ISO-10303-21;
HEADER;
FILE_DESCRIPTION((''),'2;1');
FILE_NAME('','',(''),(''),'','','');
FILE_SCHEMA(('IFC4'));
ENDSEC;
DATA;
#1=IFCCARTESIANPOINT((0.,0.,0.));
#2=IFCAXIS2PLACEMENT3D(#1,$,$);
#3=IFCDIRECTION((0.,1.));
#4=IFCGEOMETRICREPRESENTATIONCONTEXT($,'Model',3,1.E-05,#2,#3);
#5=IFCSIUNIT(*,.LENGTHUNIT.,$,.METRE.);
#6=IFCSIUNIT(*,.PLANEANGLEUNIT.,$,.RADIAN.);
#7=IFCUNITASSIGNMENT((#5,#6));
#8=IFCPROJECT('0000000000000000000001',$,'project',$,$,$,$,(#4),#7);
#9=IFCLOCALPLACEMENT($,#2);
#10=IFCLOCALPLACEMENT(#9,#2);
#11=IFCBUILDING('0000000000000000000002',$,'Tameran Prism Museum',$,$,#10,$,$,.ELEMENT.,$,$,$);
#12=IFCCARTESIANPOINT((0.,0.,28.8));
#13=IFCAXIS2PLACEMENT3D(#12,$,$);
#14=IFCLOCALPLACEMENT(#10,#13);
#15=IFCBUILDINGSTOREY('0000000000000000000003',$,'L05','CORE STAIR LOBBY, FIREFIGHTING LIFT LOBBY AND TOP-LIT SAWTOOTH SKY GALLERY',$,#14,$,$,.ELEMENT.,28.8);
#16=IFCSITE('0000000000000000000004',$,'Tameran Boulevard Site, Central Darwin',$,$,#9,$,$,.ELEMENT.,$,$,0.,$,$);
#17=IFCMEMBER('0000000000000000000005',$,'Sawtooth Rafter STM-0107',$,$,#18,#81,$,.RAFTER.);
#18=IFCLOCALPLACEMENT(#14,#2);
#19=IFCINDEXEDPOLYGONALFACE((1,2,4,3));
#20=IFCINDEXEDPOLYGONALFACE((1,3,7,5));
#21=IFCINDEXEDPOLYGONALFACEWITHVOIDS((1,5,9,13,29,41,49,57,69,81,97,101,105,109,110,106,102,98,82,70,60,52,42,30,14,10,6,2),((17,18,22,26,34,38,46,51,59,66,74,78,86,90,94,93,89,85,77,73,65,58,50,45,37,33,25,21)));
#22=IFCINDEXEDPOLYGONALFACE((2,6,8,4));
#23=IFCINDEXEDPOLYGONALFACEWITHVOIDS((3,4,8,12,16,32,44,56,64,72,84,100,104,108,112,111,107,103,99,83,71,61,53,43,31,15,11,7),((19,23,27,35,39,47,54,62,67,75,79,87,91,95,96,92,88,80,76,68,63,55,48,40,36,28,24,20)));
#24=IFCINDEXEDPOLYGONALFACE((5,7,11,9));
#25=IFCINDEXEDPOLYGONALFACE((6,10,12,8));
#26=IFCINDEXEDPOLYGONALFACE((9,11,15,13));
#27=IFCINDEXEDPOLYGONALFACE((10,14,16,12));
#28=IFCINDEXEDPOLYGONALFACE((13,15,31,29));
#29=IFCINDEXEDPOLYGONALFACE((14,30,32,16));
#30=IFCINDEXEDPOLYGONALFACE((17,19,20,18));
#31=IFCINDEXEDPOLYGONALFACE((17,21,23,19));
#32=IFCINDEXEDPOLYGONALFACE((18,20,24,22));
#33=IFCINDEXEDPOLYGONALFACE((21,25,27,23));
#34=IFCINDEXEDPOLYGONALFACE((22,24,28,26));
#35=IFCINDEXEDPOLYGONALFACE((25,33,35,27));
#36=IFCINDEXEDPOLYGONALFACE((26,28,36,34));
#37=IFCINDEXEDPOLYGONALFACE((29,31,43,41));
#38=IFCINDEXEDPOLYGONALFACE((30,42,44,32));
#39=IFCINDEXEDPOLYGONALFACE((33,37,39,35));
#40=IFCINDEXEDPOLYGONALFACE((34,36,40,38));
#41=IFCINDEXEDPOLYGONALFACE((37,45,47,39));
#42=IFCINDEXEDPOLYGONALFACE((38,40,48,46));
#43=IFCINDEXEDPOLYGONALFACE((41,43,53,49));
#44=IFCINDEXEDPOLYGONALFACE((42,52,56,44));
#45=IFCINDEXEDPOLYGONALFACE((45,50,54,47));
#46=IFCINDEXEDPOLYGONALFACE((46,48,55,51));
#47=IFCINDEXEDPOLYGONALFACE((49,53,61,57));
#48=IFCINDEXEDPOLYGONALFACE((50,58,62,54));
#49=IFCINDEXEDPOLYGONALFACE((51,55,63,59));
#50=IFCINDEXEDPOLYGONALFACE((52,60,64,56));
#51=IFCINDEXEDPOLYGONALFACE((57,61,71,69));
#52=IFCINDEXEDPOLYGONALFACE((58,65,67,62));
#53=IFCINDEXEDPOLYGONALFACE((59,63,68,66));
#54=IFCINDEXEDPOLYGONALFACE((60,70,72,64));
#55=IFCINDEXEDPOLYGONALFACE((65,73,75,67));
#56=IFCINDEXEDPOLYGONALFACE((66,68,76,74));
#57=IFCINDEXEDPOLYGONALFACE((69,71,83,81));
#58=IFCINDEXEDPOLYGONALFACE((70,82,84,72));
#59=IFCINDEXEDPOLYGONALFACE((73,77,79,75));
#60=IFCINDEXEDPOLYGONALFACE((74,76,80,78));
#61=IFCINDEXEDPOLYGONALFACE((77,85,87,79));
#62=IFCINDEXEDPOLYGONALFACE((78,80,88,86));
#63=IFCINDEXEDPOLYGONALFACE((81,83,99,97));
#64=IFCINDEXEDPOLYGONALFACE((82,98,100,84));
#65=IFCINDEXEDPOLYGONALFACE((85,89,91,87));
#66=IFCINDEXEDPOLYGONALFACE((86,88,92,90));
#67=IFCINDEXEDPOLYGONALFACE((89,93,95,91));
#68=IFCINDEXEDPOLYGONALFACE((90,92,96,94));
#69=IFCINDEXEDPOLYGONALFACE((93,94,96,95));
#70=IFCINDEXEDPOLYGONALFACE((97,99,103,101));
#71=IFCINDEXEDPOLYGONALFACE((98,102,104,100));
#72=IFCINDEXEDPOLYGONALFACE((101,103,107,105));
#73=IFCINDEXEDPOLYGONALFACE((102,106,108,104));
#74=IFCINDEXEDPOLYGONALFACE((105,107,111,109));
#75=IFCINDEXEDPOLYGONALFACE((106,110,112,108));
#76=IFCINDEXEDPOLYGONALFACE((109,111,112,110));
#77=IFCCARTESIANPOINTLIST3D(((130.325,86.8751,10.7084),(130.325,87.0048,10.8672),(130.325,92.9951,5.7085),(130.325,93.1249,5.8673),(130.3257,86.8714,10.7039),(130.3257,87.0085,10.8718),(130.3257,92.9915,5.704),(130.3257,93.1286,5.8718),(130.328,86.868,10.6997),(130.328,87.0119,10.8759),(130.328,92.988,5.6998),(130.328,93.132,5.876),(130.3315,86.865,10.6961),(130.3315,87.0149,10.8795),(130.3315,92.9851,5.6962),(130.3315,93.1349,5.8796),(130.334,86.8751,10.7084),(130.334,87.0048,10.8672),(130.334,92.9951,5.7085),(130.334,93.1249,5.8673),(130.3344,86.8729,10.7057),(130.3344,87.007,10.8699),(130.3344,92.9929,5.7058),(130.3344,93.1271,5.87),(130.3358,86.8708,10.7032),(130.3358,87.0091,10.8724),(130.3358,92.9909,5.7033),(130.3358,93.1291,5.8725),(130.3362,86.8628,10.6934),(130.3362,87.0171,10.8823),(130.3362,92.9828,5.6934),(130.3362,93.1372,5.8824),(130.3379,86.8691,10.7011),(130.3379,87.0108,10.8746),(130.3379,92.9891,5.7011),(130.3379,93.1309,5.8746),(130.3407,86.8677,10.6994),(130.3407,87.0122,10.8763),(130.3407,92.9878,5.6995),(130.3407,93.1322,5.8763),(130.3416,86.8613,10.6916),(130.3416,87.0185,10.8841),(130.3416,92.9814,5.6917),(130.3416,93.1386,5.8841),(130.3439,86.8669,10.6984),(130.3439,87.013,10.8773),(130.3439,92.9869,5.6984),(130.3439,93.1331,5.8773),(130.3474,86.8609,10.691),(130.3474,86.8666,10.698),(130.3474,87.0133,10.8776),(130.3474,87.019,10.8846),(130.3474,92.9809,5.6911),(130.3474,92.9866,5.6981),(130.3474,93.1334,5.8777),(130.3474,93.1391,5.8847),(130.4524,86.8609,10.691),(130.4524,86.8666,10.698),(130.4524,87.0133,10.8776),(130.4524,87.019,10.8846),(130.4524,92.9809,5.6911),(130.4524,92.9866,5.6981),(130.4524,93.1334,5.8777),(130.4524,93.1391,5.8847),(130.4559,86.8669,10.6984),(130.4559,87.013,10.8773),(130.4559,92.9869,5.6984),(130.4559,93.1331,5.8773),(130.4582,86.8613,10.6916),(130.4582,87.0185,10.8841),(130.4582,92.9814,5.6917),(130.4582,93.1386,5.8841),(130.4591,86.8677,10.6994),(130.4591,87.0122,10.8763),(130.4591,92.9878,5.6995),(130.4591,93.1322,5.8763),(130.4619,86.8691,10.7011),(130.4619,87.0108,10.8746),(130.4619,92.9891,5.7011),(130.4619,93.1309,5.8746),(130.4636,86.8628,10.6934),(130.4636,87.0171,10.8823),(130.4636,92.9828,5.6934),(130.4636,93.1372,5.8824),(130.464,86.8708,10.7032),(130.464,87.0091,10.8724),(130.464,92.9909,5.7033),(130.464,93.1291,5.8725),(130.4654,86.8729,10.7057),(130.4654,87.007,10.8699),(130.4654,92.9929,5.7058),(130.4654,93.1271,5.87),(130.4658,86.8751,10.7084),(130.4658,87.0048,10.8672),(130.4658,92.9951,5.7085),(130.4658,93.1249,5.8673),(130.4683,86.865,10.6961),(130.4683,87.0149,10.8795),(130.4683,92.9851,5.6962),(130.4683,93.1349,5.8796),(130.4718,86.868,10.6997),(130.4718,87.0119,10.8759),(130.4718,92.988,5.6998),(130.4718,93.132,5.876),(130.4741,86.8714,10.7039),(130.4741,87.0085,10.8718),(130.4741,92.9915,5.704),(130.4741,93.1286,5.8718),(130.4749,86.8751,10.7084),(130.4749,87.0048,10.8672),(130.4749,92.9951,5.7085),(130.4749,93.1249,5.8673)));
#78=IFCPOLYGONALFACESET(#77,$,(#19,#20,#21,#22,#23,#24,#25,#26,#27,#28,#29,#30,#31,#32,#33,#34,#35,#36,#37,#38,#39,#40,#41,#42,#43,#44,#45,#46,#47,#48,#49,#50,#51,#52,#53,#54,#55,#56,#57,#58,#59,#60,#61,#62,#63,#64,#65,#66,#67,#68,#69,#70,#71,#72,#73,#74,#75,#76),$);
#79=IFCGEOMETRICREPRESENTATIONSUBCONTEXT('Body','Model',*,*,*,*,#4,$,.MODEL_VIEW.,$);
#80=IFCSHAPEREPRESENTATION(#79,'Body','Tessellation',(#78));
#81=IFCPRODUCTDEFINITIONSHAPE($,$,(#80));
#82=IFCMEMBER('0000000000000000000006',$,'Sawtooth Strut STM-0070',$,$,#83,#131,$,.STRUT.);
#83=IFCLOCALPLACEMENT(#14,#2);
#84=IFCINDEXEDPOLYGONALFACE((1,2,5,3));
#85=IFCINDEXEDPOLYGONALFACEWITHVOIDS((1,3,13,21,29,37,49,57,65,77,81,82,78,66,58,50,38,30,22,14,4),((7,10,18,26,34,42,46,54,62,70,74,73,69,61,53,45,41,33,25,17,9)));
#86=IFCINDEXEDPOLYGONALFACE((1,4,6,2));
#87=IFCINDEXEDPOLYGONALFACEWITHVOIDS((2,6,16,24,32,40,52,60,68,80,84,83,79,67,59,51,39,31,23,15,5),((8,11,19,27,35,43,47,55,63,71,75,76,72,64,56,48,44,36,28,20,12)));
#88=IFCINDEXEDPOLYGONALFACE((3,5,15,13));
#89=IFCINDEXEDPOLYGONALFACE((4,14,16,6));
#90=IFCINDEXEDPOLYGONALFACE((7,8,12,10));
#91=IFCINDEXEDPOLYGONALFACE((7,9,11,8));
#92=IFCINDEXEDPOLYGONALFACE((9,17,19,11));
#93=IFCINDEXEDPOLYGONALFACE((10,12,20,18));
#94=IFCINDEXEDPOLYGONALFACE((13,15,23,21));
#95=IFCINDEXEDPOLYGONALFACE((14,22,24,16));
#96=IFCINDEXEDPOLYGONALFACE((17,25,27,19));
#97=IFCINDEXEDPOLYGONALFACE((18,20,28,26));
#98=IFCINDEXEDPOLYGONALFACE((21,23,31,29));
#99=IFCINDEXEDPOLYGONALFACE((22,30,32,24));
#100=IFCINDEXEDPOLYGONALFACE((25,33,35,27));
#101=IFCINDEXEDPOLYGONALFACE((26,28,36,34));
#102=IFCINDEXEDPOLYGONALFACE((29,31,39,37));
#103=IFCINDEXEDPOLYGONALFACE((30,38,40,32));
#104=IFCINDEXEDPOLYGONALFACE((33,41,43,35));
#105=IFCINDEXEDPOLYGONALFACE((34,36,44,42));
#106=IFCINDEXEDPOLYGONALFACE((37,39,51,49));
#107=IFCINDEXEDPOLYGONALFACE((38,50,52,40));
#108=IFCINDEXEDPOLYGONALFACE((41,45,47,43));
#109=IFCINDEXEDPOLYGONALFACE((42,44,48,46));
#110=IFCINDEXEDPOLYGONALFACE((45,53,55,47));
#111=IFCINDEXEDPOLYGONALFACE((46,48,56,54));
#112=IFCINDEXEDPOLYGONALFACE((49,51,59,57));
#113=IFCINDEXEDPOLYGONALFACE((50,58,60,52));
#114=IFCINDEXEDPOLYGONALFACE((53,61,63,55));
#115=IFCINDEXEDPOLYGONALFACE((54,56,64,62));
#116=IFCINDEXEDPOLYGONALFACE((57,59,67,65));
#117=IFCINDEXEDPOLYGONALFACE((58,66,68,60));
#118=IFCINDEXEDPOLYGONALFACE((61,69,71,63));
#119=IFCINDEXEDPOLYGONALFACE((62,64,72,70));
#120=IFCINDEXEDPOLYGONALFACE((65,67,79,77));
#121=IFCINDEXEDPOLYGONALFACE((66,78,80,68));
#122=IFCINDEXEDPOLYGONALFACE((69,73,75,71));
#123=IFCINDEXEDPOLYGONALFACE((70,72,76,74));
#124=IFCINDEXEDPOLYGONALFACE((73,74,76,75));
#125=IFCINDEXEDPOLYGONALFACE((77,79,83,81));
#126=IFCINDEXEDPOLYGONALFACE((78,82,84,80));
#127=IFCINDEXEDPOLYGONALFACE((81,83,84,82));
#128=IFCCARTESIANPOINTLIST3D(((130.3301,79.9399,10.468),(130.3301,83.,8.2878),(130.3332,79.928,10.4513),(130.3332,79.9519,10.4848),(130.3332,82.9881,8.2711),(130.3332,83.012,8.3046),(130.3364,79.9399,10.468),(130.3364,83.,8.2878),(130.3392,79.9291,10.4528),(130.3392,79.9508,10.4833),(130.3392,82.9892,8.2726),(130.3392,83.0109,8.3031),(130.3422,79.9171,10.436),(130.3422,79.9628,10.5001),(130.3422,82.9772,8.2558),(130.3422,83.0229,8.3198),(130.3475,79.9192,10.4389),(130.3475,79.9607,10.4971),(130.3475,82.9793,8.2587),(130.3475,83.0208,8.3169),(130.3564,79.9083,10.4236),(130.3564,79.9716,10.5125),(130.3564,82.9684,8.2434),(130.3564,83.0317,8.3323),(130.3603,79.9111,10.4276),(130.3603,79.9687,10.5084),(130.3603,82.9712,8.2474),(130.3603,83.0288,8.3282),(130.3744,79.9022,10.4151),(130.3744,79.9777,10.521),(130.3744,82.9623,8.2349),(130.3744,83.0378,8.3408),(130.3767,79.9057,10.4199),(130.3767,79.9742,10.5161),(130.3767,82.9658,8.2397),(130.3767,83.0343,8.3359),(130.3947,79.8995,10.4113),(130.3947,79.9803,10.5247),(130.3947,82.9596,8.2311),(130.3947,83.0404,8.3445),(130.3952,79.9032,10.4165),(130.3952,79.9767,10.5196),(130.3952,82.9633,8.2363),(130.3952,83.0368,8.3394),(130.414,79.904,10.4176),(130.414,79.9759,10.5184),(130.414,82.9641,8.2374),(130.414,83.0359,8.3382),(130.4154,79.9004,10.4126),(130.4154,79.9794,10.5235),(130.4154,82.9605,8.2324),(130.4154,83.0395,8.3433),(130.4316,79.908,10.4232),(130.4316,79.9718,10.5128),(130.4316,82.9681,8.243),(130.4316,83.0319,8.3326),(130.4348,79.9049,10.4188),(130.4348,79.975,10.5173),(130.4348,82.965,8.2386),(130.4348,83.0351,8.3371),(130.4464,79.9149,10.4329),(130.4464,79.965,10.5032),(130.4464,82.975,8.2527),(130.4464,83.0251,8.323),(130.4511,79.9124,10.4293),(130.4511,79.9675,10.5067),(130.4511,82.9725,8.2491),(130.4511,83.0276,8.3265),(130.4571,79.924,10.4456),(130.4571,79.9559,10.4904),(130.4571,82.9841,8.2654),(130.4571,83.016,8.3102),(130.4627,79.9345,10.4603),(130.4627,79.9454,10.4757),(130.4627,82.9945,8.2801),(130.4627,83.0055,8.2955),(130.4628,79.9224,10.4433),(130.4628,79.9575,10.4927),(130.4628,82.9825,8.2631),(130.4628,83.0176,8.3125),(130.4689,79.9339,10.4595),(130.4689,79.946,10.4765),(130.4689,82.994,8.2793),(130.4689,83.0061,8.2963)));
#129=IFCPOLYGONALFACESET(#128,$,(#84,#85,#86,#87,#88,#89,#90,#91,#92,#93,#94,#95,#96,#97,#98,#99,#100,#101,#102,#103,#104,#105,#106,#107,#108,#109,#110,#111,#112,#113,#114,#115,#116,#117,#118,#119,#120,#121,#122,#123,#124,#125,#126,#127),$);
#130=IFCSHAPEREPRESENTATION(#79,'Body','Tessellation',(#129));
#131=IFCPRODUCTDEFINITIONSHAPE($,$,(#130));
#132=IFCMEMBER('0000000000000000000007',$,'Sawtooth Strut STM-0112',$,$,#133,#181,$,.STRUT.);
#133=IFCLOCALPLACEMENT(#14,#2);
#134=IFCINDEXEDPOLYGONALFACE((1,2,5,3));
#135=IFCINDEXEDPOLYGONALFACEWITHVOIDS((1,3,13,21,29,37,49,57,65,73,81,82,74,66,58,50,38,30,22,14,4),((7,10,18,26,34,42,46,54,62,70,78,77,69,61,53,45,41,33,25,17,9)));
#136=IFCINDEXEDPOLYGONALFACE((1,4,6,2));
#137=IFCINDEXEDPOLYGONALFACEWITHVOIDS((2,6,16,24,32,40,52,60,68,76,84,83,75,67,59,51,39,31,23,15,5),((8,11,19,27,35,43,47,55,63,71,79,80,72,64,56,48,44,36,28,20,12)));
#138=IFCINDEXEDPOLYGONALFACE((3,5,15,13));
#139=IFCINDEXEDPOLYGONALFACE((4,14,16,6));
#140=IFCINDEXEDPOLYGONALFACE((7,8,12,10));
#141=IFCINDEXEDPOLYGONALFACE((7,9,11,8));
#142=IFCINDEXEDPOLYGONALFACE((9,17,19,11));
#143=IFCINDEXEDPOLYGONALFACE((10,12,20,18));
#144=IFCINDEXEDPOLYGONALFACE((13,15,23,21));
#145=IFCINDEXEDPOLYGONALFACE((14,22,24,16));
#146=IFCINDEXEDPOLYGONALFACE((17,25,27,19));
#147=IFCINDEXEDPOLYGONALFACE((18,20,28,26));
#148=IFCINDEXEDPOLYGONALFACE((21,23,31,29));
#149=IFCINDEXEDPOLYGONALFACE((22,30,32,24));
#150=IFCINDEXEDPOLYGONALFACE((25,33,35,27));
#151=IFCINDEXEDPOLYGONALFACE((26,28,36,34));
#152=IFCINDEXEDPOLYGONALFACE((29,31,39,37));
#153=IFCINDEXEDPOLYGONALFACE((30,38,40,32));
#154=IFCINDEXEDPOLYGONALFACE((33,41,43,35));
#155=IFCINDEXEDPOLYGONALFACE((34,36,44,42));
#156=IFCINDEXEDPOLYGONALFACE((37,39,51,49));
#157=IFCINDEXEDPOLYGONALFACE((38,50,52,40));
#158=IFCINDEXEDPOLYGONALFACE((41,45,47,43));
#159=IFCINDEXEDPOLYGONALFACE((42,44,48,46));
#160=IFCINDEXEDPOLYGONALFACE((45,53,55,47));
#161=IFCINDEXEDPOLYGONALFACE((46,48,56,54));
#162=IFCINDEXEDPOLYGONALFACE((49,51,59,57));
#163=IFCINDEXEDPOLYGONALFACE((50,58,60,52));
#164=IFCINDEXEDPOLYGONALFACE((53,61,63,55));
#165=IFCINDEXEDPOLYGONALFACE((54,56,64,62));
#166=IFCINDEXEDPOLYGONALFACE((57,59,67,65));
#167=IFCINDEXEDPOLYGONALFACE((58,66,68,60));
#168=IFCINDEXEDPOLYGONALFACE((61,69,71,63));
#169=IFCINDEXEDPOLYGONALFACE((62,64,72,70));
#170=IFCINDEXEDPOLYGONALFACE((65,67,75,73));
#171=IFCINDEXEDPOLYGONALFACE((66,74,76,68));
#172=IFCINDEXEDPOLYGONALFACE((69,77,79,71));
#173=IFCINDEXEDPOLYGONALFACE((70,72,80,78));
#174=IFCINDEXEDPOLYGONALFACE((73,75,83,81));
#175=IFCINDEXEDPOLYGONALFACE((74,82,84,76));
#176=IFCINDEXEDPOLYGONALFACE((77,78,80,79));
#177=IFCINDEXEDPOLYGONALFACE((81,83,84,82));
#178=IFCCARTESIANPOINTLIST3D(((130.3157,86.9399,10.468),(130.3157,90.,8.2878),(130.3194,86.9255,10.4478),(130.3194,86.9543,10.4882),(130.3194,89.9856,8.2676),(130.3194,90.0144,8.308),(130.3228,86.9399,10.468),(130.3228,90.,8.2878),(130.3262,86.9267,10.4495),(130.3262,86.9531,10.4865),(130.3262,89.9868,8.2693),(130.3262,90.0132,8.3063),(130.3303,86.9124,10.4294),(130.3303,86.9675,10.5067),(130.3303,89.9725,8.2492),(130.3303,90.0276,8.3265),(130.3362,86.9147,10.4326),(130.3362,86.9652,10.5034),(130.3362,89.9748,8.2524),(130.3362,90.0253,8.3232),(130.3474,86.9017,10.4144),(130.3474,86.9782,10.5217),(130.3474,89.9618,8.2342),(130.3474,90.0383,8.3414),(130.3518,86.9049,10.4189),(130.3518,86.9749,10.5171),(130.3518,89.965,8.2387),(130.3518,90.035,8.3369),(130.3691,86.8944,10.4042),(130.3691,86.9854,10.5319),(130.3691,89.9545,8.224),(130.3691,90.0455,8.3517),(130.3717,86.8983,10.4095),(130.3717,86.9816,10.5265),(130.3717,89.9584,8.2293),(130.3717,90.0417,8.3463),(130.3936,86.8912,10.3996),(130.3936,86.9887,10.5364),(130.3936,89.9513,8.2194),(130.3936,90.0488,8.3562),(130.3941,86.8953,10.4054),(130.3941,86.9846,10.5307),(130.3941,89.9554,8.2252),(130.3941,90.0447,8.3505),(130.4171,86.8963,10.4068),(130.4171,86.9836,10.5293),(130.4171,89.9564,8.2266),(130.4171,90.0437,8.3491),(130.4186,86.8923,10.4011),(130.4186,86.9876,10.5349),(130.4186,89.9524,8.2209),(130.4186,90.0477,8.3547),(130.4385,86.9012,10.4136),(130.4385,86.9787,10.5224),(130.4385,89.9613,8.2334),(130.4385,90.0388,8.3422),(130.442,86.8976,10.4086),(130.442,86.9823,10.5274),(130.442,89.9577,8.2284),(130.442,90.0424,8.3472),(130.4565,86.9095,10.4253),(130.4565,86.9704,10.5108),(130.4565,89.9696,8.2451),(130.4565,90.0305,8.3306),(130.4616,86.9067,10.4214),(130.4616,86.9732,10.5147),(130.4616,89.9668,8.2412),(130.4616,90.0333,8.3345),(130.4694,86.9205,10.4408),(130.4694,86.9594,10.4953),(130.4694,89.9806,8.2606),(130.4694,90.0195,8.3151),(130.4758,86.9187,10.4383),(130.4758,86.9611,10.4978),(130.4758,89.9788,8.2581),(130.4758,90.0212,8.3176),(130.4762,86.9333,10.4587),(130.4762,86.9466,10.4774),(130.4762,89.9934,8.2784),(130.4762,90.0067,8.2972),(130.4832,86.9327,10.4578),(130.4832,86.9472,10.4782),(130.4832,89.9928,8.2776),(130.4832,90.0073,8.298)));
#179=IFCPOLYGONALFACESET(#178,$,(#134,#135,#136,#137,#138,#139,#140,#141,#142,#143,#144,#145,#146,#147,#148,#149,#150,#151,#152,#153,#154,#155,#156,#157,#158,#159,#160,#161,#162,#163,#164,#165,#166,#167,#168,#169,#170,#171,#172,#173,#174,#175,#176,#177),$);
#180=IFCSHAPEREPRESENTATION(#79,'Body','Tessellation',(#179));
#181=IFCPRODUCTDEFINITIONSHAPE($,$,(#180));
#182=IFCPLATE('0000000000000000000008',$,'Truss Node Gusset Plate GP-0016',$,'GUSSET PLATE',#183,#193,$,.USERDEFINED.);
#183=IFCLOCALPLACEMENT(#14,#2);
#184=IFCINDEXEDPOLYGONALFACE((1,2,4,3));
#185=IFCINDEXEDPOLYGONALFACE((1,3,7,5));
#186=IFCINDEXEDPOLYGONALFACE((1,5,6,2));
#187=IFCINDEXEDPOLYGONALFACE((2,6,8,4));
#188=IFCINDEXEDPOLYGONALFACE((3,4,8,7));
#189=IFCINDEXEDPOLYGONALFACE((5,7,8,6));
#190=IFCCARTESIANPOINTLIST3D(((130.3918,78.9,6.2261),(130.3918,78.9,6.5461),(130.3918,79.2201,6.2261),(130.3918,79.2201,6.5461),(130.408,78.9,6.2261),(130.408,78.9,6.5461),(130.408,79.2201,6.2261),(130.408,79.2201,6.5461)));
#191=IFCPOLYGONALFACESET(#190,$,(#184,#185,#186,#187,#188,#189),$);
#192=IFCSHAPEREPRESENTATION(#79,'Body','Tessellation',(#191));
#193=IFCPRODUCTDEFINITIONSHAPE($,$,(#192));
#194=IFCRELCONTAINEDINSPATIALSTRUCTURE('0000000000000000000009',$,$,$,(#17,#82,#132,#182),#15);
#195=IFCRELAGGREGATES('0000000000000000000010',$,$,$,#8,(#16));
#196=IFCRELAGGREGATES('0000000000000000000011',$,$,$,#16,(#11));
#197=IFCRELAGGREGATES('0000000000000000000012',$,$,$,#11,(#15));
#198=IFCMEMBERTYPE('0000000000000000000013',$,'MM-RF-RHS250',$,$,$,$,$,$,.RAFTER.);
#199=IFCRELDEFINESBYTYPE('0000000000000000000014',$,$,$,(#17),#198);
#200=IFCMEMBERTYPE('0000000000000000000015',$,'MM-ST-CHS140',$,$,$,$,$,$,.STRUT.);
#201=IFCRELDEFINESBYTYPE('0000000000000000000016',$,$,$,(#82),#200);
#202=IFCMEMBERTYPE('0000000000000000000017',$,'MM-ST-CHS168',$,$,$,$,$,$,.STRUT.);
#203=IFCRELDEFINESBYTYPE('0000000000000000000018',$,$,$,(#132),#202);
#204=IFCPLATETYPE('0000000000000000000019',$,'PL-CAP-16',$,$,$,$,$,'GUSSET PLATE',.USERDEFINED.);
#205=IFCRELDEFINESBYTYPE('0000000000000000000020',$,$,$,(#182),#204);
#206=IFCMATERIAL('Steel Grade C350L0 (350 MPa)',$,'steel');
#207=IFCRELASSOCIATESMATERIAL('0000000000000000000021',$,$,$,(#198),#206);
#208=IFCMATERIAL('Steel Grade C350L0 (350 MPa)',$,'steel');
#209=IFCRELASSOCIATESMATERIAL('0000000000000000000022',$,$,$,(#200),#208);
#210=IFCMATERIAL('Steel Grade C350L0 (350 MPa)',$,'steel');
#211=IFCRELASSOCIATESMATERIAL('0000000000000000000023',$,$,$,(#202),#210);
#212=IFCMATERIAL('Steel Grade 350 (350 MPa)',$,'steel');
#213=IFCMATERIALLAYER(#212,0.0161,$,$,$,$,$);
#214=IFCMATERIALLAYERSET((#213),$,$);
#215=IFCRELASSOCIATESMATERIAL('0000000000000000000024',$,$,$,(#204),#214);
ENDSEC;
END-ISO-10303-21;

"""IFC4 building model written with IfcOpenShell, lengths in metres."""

from ifc_helpers import new_model, si_unit, direction, frame, origin, origin_2d, place, context, subcontext, project, spatial, rectangle, hollow_rectangle, hollow_circle, extrude, material, layer, layer_set, material_profile, profile_set, type_object, element, save


model = new_model("IFC4")

# Units and contexts
model_context = context("Model", 3, precision=1e-05, world=origin(), true_north=direction((0.0, 1.0)))
body_context = subcontext(model_context, "Body", "Model", "MODEL_VIEW")
ifc_project = project(units=[si_unit("LENGTHUNIT", "METRE"), si_unit("PLANEANGLEUNIT", "RADIAN")], contexts=[model_context])

# Site, building, storey
site_placement = place(None, origin())
site = spatial("IfcSite", under=ifc_project, at=site_placement, Name="Tameran Boulevard Site, Central Darwin", CompositionType="ELEMENT", RefElevation=0.0)
building_placement = place(site_placement, origin())
building = spatial("IfcBuilding", under=site, at=building_placement, Name="Tameran Prism Museum", CompositionType="ELEMENT")
storey_placement = place(building_placement, frame((0.0, 0.0, 28.8)))
storey = spatial("IfcBuildingStorey", under=building, at=storey_placement, Name="L05", Description="CORE STAIR LOBBY, FIREFIGHTING LIFT LOBBY AND TOP-LIT SAWTOOTH SKY GALLERY", CompositionType="ELEMENT", Elevation=28.8)

# Members
ifc_material_1 = material(Name="Steel Grade C350L0 (350 MPa)", Category="steel")
ifc_material_profile_1 = material_profile(ifc_material_1, hollow_rectangle(XDim=0.1499, YDim=0.25, WallThickness=0.009, InnerFilletRadius=0.0134, OuterFilletRadius=0.0225, at=origin_2d()))
ifc_profile_set_1 = profile_set([ifc_material_profile_1])
member_type_1 = type_object("IfcMemberType", Name="MM-RF-RHS250", PredefinedType="RAFTER", material=ifc_profile_set_1)
for number, where, z_axis, x_axis, name in (
    (1, (130.3999, 86.9399, 10.7878), (0.0, 0.774414, -0.632679), (-1.0, 0.0, 0.0), "Sawtooth Rafter STM-0107"),
):
    element("IfcMember", number, at=place(storey_placement, frame(where, z_axis=z_axis, x_axis=x_axis)), inside=storey, type_object=member_type_1, Name=name, PredefinedType="RAFTER", context=body_context, shape_type="SweptSolid", body=[
        extrude(hollow_rectangle(XDim=0.1499, YDim=0.25, WallThickness=0.009, InnerFilletRadius=0.0134, OuterFilletRadius=0.0225, at=origin_2d()), origin(), (0.0, 0.0, 1.0), 7.9028),
    ])
ifc_material_2 = material(Name="Steel Grade C350L0 (350 MPa)", Category="steel")
ifc_material_profile_2 = material_profile(ifc_material_2, hollow_circle(Radius=0.0698, WallThickness=0.0063, at=origin_2d()))
ifc_profile_set_2 = profile_set([ifc_material_profile_2])
member_type_2 = type_object("IfcMemberType", Name="MM-ST-CHS140", PredefinedType="STRUT", material=ifc_profile_set_2)
member_1_placement = place(storey_placement, frame((130.3999, 79.9399, 10.468), z_axis=(0.0, 0.814435, -0.580254), x_axis=(-1.0, 0.0, 0.0)))
element("IfcMember", 2, at=member_1_placement, inside=storey, type_object=member_type_2, Name="Sawtooth Strut STM-0070", PredefinedType="STRUT", context=body_context, shape_type="SweptSolid", body=[
    extrude(hollow_circle(Radius=0.0698, WallThickness=0.0063, at=origin_2d()), origin(), (0.0, 0.0, 1.0), 3.7573),
])
ifc_material_3 = material(Name="Steel Grade C350L0 (350 MPa)", Category="steel")
ifc_material_profile_3 = material_profile(ifc_material_3, hollow_circle(Radius=0.0842, WallThickness=0.0071, at=origin_2d()))
ifc_profile_set_3 = profile_set([ifc_material_profile_3])
member_type_3 = type_object("IfcMemberType", Name="MM-ST-CHS168", PredefinedType="STRUT", material=ifc_profile_set_3)
member_2_placement = place(storey_placement, frame((130.3999, 86.9399, 10.468), z_axis=(0.0, 0.814435, -0.580254), x_axis=(-1.0, 0.0, 0.0)))
element("IfcMember", 3, at=member_2_placement, inside=storey, type_object=member_type_3, Name="Sawtooth Strut STM-0112", PredefinedType="STRUT", context=body_context, shape_type="SweptSolid", body=[
    extrude(hollow_circle(Radius=0.0842, WallThickness=0.0071, at=origin_2d()), origin(), (0.0, 0.0, 1.0), 3.7573),
])

# Plate
ifc_material_4 = material(Name="Steel Grade 350 (350 MPa)", Category="steel")
ifc_layer_1 = layer(ifc_material_4, 0.0161)
ifc_layer_set_1 = layer_set([ifc_layer_1])
plate_type_1 = type_object("IfcPlateType", Name="PL-CAP-16", ElementType="GUSSET PLATE", PredefinedType="USERDEFINED", material=ifc_layer_set_1)
for number, where, z_axis, x_axis, name in (
    (4, (130.3999, 79.0601, 6.2261), (0.0, 0.0, 1.0), (1.0, 0.0, 0.0), "Truss Node Gusset Plate GP-0016"),
):
    element("IfcPlate", number, at=place(storey_placement, frame(where, z_axis=z_axis, x_axis=x_axis)), inside=storey, type_object=plate_type_1, Name=name, ObjectType="GUSSET PLATE", PredefinedType="USERDEFINED", context=body_context, shape_type="SweptSolid", body=[
        extrude(rectangle(XDim=0.0161, YDim=0.3201, at=origin_2d()), origin(), (0.0, 0.0, 1.0), 0.3201),
    ])

save(model, "model.ifc")
